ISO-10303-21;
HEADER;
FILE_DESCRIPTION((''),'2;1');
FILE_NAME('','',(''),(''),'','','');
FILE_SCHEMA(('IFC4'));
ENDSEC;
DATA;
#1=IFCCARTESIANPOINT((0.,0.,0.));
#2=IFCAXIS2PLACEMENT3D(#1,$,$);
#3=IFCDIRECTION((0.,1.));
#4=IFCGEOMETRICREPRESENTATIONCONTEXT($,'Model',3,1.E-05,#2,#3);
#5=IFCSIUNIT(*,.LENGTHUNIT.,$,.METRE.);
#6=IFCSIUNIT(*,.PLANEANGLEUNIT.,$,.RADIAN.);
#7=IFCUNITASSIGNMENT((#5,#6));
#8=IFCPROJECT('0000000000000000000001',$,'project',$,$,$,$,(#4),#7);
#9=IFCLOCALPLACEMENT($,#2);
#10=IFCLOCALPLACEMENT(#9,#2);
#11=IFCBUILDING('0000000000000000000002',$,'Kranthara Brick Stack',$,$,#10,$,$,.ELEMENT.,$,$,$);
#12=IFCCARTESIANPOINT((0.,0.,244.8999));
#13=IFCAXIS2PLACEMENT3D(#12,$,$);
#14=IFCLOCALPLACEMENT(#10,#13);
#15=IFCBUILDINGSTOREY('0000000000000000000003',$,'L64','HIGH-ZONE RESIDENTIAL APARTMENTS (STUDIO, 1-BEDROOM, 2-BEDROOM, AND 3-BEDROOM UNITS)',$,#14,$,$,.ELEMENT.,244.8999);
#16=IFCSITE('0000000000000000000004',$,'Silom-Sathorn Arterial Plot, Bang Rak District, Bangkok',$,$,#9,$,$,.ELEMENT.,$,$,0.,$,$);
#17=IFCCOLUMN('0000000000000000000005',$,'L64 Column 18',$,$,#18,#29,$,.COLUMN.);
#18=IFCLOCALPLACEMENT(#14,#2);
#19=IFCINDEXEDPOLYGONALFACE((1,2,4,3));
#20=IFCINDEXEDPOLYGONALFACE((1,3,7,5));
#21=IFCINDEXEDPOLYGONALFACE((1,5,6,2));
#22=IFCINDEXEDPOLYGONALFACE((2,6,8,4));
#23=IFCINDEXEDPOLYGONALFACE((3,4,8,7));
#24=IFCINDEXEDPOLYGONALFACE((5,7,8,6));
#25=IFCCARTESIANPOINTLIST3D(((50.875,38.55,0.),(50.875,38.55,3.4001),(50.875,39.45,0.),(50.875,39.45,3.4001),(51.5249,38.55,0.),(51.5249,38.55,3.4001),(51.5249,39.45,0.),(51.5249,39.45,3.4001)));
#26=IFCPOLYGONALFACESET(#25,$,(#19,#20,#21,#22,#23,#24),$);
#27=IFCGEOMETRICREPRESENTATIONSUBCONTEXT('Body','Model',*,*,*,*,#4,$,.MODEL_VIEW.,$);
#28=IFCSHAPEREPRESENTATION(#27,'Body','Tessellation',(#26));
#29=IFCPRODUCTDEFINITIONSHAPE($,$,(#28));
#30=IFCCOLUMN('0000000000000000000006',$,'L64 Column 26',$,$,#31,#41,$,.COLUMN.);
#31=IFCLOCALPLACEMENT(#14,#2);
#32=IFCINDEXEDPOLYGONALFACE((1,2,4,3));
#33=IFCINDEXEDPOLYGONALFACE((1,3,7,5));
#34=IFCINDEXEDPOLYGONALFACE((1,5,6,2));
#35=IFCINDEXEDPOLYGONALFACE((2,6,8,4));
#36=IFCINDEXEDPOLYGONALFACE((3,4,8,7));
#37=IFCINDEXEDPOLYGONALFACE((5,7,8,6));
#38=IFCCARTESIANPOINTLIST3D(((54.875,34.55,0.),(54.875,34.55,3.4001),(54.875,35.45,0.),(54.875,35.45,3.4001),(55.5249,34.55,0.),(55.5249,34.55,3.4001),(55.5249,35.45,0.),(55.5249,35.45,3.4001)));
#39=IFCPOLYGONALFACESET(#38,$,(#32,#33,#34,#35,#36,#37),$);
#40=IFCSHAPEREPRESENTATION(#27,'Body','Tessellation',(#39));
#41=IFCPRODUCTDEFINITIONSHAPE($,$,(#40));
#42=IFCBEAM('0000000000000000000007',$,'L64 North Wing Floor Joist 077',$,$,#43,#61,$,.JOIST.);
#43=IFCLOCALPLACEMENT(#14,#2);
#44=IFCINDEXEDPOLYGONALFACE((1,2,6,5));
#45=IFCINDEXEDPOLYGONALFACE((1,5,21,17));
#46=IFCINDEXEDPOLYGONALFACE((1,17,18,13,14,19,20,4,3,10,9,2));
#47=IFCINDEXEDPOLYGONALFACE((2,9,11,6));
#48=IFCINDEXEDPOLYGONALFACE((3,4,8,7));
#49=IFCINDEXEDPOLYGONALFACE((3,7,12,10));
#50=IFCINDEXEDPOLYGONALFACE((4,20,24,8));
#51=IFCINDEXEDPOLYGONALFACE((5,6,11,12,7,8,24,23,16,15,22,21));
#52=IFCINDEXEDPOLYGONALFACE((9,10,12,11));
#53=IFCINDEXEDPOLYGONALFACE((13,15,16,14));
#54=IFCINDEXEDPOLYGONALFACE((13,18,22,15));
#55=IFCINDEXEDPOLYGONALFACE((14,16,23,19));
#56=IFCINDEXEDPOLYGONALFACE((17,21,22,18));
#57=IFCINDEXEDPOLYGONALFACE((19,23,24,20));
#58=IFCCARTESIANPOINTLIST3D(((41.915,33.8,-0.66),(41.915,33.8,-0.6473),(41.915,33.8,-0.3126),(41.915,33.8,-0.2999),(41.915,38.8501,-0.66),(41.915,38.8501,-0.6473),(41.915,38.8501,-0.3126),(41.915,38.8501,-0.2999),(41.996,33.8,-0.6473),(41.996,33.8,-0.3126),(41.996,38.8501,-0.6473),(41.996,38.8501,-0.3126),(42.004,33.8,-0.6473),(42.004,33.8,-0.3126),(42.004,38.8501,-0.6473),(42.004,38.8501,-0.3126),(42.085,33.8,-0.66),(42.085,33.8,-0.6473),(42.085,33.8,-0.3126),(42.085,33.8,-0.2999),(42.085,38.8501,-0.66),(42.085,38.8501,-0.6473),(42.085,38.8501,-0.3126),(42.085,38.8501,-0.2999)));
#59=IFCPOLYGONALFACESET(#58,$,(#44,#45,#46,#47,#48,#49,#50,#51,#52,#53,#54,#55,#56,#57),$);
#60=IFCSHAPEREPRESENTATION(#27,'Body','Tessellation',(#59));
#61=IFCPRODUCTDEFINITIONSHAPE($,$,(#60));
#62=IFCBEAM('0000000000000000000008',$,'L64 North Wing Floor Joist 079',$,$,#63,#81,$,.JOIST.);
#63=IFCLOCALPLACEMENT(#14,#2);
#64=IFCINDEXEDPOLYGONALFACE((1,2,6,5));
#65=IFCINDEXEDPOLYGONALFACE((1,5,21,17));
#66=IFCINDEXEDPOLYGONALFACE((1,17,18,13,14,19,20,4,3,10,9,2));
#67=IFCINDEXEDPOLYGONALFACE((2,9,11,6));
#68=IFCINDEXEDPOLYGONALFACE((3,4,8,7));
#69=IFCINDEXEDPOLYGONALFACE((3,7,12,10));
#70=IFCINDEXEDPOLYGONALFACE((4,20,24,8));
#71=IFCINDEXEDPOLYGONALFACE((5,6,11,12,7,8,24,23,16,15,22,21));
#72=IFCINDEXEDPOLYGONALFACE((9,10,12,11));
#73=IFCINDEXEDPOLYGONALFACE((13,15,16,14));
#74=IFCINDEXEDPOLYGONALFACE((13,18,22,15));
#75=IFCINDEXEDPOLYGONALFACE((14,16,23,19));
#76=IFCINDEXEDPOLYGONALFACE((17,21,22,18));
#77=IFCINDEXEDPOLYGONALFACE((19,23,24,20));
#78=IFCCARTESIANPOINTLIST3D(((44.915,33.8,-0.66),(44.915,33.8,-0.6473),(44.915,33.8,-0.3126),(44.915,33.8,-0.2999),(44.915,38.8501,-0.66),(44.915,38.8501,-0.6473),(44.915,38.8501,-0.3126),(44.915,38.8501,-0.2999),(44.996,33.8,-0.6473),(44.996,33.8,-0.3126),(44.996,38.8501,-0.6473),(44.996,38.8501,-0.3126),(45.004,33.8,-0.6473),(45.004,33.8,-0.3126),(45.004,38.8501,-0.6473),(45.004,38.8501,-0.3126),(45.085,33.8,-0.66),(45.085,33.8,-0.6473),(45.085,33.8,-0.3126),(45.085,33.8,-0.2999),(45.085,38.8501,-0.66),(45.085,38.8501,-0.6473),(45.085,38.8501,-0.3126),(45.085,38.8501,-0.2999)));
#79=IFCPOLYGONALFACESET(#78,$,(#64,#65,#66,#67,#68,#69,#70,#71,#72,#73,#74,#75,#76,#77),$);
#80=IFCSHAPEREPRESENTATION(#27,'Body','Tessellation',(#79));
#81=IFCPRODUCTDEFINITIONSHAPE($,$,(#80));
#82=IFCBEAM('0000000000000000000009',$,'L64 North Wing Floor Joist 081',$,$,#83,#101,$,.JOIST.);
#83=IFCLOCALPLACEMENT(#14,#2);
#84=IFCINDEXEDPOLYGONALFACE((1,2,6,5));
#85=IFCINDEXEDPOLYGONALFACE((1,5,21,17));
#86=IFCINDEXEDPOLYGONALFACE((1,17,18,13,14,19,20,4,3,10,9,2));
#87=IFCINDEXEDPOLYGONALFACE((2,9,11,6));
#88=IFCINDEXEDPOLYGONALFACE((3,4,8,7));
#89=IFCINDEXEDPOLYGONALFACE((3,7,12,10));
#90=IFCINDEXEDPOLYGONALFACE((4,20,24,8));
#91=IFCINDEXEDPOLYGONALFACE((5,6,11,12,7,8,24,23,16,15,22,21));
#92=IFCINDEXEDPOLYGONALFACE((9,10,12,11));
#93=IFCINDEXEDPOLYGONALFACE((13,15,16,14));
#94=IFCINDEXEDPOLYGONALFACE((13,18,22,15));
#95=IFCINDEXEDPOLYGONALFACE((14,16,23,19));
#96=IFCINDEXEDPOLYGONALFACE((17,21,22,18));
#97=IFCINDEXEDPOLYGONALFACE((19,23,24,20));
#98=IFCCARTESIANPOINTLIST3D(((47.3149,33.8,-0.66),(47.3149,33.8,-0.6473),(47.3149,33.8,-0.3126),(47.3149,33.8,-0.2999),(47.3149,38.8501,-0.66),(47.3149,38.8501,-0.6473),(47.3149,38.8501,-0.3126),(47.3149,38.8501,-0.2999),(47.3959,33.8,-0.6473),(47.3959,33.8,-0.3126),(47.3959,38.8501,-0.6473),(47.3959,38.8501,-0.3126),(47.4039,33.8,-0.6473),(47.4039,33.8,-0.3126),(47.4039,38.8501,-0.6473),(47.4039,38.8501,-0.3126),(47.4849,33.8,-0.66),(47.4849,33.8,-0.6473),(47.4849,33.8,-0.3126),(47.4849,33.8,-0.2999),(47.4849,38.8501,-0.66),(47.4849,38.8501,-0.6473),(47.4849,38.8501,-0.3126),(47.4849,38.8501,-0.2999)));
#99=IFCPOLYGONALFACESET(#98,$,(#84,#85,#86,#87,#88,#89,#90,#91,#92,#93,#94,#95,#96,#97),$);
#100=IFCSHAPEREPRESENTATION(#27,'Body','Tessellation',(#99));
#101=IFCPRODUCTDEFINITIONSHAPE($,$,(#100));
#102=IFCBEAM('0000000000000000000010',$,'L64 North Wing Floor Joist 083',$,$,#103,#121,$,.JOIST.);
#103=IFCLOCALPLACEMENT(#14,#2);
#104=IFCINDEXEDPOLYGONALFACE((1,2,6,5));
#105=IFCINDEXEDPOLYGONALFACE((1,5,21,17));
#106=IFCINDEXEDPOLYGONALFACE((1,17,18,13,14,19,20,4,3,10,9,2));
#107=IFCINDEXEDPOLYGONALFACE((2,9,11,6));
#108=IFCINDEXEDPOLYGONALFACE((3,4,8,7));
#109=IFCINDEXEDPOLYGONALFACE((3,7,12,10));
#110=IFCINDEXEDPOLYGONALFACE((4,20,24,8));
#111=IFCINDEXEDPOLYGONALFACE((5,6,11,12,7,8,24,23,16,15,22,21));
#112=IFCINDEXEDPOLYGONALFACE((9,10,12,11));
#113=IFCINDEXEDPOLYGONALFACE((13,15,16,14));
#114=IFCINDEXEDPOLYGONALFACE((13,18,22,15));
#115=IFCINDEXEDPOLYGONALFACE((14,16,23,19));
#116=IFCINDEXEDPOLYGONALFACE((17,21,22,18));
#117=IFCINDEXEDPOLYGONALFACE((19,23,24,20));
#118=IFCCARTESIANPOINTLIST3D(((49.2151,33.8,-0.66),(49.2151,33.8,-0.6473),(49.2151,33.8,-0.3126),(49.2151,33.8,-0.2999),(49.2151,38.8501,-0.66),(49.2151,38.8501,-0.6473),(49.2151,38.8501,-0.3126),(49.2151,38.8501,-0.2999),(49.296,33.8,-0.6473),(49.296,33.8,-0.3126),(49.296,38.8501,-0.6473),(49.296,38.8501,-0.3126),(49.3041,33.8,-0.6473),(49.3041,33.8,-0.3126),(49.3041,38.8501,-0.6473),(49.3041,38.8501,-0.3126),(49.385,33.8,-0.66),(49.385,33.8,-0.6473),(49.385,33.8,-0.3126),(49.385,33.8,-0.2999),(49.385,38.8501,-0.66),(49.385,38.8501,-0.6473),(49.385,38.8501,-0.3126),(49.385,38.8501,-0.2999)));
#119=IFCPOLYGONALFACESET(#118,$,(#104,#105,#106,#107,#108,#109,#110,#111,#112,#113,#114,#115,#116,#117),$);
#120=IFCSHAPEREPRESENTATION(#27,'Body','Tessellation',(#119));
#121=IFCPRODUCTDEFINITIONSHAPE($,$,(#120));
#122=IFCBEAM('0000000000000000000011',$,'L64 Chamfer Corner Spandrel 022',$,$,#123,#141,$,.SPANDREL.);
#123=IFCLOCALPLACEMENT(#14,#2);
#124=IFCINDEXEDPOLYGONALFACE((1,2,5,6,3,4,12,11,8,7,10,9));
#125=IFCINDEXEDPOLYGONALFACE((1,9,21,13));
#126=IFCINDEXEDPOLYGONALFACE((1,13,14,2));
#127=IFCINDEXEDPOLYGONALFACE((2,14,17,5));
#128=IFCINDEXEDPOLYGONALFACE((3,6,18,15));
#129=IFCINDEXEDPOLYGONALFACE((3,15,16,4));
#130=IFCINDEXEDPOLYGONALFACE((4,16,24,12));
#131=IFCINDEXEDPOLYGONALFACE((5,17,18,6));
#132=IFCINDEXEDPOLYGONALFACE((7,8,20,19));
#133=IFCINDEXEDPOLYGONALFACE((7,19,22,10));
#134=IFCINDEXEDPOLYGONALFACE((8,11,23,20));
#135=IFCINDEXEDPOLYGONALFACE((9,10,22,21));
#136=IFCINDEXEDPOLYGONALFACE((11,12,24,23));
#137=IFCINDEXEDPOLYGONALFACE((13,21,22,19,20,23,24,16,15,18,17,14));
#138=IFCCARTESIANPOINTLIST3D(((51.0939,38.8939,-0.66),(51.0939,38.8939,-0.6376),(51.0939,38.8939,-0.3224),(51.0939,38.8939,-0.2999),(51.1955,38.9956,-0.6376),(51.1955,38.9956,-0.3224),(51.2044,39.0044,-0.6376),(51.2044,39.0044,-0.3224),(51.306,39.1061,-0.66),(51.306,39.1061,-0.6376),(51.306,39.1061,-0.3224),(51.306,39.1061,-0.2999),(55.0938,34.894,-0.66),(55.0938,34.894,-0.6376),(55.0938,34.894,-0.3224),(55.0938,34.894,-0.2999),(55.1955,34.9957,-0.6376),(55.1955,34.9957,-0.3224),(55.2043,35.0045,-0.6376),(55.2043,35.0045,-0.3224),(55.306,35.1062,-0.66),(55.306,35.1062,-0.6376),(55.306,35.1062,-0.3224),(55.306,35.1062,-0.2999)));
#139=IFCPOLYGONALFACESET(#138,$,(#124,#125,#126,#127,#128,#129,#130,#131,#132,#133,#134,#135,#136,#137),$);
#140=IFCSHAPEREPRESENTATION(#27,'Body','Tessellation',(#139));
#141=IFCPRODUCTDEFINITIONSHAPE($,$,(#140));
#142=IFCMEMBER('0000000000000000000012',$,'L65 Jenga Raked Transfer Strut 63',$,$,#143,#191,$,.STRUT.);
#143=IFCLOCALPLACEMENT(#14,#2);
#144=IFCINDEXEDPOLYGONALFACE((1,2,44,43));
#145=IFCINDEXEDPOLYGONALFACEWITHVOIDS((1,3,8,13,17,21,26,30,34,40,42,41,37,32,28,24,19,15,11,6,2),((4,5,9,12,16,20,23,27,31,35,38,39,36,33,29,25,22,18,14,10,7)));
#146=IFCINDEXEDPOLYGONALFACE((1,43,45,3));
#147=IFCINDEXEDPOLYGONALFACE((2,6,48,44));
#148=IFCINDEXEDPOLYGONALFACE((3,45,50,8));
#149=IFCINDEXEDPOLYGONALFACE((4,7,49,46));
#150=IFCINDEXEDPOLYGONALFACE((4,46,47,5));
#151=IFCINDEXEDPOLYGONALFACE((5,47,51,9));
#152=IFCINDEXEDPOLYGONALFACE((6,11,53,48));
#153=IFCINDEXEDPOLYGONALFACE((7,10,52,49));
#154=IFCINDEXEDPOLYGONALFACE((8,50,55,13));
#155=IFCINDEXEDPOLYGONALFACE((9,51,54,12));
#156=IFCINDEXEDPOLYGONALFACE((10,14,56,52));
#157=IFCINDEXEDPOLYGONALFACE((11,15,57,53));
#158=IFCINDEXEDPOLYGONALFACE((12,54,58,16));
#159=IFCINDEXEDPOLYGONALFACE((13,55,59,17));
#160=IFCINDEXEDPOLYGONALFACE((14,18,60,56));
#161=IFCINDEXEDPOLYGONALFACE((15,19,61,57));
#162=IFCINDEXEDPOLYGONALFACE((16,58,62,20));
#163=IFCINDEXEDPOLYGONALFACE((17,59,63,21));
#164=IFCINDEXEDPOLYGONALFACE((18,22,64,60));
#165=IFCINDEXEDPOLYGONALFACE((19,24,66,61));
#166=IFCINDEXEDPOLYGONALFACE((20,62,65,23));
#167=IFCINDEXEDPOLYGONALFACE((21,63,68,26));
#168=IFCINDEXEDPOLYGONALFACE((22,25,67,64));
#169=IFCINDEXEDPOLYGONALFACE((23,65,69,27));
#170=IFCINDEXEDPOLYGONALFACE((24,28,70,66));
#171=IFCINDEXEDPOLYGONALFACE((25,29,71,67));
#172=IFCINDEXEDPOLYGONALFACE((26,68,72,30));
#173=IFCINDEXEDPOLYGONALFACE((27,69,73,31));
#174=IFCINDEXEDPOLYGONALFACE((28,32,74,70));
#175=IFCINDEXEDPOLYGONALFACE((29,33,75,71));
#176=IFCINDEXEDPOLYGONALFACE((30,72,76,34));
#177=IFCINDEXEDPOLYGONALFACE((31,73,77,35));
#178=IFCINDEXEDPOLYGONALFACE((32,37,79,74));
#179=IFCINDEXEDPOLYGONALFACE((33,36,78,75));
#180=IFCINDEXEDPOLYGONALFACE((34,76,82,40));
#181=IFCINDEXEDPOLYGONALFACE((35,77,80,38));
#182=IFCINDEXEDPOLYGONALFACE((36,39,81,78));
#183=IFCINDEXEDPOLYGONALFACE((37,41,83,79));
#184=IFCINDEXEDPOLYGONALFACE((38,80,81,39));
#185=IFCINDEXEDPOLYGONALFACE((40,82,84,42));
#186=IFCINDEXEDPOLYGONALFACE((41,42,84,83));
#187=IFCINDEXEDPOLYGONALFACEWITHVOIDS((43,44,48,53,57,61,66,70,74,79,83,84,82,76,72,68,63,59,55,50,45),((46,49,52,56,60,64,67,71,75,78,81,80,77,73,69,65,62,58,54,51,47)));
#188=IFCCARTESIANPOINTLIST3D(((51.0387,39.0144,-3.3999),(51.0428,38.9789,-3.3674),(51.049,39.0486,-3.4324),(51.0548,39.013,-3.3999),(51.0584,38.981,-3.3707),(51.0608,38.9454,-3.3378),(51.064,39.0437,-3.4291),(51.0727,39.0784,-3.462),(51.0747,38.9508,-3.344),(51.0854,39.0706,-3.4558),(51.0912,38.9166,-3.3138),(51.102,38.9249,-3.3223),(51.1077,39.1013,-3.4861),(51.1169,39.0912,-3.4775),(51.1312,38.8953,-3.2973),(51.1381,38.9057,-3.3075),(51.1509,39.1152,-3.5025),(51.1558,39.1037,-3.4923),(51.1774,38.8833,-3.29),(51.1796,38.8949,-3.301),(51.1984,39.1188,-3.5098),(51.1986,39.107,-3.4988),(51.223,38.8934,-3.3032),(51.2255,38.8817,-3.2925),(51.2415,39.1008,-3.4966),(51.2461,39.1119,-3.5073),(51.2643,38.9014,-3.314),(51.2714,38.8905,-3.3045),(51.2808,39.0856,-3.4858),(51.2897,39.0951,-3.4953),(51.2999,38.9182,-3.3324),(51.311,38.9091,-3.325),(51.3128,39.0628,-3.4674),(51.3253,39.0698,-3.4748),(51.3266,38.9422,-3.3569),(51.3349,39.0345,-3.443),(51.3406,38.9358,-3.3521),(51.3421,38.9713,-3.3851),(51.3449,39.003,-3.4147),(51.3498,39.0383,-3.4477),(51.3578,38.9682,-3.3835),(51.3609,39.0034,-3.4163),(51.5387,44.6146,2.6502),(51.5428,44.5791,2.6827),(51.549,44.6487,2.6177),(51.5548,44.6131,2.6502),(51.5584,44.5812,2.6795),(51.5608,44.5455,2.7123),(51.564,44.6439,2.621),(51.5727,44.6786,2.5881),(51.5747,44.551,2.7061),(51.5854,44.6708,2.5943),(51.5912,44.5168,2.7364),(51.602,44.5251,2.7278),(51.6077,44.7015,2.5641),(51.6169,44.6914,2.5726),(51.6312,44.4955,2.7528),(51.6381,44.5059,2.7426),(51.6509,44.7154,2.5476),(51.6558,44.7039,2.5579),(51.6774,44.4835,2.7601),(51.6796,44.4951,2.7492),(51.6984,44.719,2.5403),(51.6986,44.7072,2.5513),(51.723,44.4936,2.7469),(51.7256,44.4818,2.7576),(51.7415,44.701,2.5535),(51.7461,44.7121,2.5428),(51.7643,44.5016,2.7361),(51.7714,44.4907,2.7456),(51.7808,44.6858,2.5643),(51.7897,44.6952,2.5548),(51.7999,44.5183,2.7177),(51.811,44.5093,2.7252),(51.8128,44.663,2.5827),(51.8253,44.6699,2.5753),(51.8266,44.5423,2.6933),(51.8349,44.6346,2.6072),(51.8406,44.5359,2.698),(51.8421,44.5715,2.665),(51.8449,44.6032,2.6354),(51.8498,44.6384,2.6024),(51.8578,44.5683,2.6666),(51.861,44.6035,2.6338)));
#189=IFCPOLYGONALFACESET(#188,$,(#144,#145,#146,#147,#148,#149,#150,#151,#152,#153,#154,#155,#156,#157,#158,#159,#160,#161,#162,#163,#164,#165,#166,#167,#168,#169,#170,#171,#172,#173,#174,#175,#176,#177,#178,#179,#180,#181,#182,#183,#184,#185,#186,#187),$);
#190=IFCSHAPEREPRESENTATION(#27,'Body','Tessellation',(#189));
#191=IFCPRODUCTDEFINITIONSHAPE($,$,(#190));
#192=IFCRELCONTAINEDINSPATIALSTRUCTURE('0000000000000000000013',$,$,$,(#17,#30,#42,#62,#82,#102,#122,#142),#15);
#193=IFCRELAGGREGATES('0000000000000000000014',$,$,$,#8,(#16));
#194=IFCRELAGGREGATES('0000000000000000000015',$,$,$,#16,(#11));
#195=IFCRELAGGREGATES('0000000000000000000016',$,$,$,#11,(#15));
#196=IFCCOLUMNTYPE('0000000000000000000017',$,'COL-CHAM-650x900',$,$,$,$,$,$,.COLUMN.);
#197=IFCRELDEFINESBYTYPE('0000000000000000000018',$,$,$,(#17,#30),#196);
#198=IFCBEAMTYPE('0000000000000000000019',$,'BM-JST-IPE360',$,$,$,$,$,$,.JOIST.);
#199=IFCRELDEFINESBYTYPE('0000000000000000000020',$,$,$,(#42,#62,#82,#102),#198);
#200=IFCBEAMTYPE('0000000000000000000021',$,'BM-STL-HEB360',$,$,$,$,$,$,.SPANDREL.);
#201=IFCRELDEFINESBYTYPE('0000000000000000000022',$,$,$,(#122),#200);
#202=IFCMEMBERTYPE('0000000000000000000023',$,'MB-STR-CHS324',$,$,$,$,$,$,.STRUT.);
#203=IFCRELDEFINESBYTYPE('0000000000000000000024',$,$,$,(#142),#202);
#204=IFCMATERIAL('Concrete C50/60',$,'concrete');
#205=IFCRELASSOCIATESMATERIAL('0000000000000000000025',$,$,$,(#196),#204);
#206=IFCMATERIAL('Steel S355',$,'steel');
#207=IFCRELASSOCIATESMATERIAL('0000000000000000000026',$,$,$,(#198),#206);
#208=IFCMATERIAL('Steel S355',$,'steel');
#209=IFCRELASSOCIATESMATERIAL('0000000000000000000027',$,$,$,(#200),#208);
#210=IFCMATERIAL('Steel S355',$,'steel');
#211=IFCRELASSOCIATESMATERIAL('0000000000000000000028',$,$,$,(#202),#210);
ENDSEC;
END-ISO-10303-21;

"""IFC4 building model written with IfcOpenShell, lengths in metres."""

from ifc_helpers import new_model, si_unit, direction, frame, origin, origin_2d, place, context, subcontext, project, spatial, rectangle, hollow_circle, i_section, extrude, material, material_profile, profile_set, type_object, element, save


model = new_model("IFC4")

# Units and contexts
model_context = context("Model", 3, precision=1e-05, world=origin(), true_north=direction((0.0, 1.0)))
body_context = subcontext(model_context, "Body", "Model", "MODEL_VIEW")
ifc_project = project(units=[si_unit("LENGTHUNIT", "METRE"), si_unit("PLANEANGLEUNIT", "RADIAN")], contexts=[model_context])

# Site, building, storey
site_placement = place(None, origin())
site = spatial("IfcSite", under=ifc_project, at=site_placement, Name="Silom-Sathorn Arterial Plot, Bang Rak District, Bangkok", CompositionType="ELEMENT", RefElevation=0.0)
building_placement = place(site_placement, origin())
building = spatial("IfcBuilding", under=site, at=building_placement, Name="Kranthara Brick Stack", CompositionType="ELEMENT")
storey_placement = place(building_placement, frame((0.0, 0.0, 244.8999)))
storey = spatial("IfcBuildingStorey", under=building, at=storey_placement, Name="L64", Description="HIGH-ZONE RESIDENTIAL APARTMENTS (STUDIO, 1-BEDROOM, 2-BEDROOM, AND 3-BEDROOM UNITS)", CompositionType="ELEMENT", Elevation=244.8999)

# Columns
ifc_material_1 = material(Name="Concrete C50/60", Category="concrete")
ifc_material_profile_1 = material_profile(ifc_material_1, rectangle(XDim=0.6499, YDim=0.8999, at=origin_2d()), Name="RC 650x900")
ifc_profile_set_1 = profile_set([ifc_material_profile_1], Name="Concrete C50/60")
column_type = type_object("IfcColumnType", Name="COL-CHAM-650x900", PredefinedType="COLUMN", material=ifc_profile_set_1)
for number, where, z_axis, x_axis, name in (
    (1, (51.2, 39.0, 0.0), (0.0, 0.0, 1.0), (1.0, 0.0, 0.0), "L64 Column 18"),
    (2, (55.2, 35.0, 0.0), (0.0, 0.0, 1.0), (1.0, 0.0, 0.0), "L64 Column 26"),
):
    element("IfcColumn", number, at=place(storey_placement, frame(where, z_axis=z_axis, x_axis=x_axis)), inside=storey, type_object=column_type, Name=name, PredefinedType="COLUMN", context=body_context, shape_type="SweptSolid", body=[
        extrude(rectangle(XDim=0.6499, YDim=0.8999, at=origin_2d()), origin(), (0.0, 0.0, 1.0), 3.4001),
    ])

# Beams
ifc_material_2 = material(Name="Steel S355", Category="steel")
ifc_material_profile_2 = material_profile(ifc_material_2, i_section(OverallWidth=0.1699, OverallDepth=0.3601, WebThickness=0.0081, FlangeThickness=0.0127, at=origin_2d()), Name="IPE 360")
ifc_profile_set_2 = profile_set([ifc_material_profile_2], Name="Steel S355")
beam_type_1 = type_object("IfcBeamType", Name="BM-JST-IPE360", PredefinedType="JOIST", material=ifc_profile_set_2)
for number, where, z_axis, x_axis, name in (
    (3, (42.0, 33.8, -0.48), (0.0, 1.0, 0.0), (-1.0, 0.0, 0.0), "L64 North Wing Floor Joist 077"),
    (4, (45.0, 33.8, -0.48), (0.0, 1.0, 0.0), (-1.0, 0.0, 0.0), "L64 North Wing Floor Joist 079"),
    (5, (47.3999, 33.8, -0.48), (0.0, 1.0, 0.0), (-1.0, 0.0, 0.0), "L64 North Wing Floor Joist 081"),
    (6, (49.3, 33.8, -0.48), (0.0, 1.0, 0.0), (-1.0, 0.0, 0.0), "L64 North Wing Floor Joist 083"),
):
    element("IfcBeam", number, at=place(storey_placement, frame(where, z_axis=z_axis, x_axis=x_axis)), inside=storey, type_object=beam_type_1, Name=name, PredefinedType="JOIST", context=body_context, shape_type="SweptSolid", body=[
        extrude(i_section(OverallWidth=0.1699, OverallDepth=0.3601, WebThickness=0.0081, FlangeThickness=0.0127, at=origin_2d()), origin(), (0.0, 0.0, 1.0), 5.05),
    ])
ifc_material_3 = material(Name="Steel S355", Category="steel")
ifc_material_profile_3 = material_profile(ifc_material_3, i_section(OverallWidth=0.3, OverallDepth=0.3601, WebThickness=0.0125, FlangeThickness=0.0225, at=origin_2d()), Name="HEB 360")
ifc_profile_set_3 = profile_set([ifc_material_profile_3], Name="Steel S355")
beam_type_2 = type_object("IfcBeamType", Name="BM-STL-HEB360", PredefinedType="SPANDREL", material=ifc_profile_set_3)
beam_placement = place(storey_placement, frame((51.2, 39.0, -0.48), z_axis=(0.707107, -0.707107, 0.0), x_axis=(0.707107, 0.707107, 0.0)))
element("IfcBeam", 7, at=beam_placement, inside=storey, type_object=beam_type_2, Name="L64 Chamfer Corner Spandrel 022", PredefinedType="SPANDREL", context=body_context, shape_type="SweptSolid", body=[
    extrude(i_section(OverallWidth=0.3, OverallDepth=0.3601, WebThickness=0.0125, FlangeThickness=0.0225, at=origin_2d()), origin(), (0.0, 0.0, 1.0), 5.6567),
])

# Member
ifc_material_4 = material(Name="Steel S355", Category="steel")
ifc_material_profile_4 = material_profile(ifc_material_4, hollow_circle(Radius=0.1619, WallThickness=0.0161, at=origin_2d()), Name="CHS 323.9x16")
ifc_profile_set_4 = profile_set([ifc_material_profile_4], Name="Steel S355")
member_type = type_object("IfcMemberType", Name="MB-STR-CHS324", PredefinedType="STRUT", material=ifc_profile_set_4)
member_1_placement = place(storey_placement, frame((51.2, 39.0, -3.3999), z_axis=(0.060539, 0.678045, 0.732523), x_axis=(-0.996038, 0.08893, 0.0)))
element("IfcMember", 8, at=member_1_placement, inside=storey, type_object=member_type, Name="L65 Jenga Raked Transfer Strut 63", PredefinedType="STRUT", context=body_context, shape_type="SweptSolid", body=[
    extrude(hollow_circle(Radius=0.1619, WallThickness=0.0161, at=origin_2d()), origin(), (0.0, 0.0, 1.0), 8.2593),
])

save(model, "model.ifc")
